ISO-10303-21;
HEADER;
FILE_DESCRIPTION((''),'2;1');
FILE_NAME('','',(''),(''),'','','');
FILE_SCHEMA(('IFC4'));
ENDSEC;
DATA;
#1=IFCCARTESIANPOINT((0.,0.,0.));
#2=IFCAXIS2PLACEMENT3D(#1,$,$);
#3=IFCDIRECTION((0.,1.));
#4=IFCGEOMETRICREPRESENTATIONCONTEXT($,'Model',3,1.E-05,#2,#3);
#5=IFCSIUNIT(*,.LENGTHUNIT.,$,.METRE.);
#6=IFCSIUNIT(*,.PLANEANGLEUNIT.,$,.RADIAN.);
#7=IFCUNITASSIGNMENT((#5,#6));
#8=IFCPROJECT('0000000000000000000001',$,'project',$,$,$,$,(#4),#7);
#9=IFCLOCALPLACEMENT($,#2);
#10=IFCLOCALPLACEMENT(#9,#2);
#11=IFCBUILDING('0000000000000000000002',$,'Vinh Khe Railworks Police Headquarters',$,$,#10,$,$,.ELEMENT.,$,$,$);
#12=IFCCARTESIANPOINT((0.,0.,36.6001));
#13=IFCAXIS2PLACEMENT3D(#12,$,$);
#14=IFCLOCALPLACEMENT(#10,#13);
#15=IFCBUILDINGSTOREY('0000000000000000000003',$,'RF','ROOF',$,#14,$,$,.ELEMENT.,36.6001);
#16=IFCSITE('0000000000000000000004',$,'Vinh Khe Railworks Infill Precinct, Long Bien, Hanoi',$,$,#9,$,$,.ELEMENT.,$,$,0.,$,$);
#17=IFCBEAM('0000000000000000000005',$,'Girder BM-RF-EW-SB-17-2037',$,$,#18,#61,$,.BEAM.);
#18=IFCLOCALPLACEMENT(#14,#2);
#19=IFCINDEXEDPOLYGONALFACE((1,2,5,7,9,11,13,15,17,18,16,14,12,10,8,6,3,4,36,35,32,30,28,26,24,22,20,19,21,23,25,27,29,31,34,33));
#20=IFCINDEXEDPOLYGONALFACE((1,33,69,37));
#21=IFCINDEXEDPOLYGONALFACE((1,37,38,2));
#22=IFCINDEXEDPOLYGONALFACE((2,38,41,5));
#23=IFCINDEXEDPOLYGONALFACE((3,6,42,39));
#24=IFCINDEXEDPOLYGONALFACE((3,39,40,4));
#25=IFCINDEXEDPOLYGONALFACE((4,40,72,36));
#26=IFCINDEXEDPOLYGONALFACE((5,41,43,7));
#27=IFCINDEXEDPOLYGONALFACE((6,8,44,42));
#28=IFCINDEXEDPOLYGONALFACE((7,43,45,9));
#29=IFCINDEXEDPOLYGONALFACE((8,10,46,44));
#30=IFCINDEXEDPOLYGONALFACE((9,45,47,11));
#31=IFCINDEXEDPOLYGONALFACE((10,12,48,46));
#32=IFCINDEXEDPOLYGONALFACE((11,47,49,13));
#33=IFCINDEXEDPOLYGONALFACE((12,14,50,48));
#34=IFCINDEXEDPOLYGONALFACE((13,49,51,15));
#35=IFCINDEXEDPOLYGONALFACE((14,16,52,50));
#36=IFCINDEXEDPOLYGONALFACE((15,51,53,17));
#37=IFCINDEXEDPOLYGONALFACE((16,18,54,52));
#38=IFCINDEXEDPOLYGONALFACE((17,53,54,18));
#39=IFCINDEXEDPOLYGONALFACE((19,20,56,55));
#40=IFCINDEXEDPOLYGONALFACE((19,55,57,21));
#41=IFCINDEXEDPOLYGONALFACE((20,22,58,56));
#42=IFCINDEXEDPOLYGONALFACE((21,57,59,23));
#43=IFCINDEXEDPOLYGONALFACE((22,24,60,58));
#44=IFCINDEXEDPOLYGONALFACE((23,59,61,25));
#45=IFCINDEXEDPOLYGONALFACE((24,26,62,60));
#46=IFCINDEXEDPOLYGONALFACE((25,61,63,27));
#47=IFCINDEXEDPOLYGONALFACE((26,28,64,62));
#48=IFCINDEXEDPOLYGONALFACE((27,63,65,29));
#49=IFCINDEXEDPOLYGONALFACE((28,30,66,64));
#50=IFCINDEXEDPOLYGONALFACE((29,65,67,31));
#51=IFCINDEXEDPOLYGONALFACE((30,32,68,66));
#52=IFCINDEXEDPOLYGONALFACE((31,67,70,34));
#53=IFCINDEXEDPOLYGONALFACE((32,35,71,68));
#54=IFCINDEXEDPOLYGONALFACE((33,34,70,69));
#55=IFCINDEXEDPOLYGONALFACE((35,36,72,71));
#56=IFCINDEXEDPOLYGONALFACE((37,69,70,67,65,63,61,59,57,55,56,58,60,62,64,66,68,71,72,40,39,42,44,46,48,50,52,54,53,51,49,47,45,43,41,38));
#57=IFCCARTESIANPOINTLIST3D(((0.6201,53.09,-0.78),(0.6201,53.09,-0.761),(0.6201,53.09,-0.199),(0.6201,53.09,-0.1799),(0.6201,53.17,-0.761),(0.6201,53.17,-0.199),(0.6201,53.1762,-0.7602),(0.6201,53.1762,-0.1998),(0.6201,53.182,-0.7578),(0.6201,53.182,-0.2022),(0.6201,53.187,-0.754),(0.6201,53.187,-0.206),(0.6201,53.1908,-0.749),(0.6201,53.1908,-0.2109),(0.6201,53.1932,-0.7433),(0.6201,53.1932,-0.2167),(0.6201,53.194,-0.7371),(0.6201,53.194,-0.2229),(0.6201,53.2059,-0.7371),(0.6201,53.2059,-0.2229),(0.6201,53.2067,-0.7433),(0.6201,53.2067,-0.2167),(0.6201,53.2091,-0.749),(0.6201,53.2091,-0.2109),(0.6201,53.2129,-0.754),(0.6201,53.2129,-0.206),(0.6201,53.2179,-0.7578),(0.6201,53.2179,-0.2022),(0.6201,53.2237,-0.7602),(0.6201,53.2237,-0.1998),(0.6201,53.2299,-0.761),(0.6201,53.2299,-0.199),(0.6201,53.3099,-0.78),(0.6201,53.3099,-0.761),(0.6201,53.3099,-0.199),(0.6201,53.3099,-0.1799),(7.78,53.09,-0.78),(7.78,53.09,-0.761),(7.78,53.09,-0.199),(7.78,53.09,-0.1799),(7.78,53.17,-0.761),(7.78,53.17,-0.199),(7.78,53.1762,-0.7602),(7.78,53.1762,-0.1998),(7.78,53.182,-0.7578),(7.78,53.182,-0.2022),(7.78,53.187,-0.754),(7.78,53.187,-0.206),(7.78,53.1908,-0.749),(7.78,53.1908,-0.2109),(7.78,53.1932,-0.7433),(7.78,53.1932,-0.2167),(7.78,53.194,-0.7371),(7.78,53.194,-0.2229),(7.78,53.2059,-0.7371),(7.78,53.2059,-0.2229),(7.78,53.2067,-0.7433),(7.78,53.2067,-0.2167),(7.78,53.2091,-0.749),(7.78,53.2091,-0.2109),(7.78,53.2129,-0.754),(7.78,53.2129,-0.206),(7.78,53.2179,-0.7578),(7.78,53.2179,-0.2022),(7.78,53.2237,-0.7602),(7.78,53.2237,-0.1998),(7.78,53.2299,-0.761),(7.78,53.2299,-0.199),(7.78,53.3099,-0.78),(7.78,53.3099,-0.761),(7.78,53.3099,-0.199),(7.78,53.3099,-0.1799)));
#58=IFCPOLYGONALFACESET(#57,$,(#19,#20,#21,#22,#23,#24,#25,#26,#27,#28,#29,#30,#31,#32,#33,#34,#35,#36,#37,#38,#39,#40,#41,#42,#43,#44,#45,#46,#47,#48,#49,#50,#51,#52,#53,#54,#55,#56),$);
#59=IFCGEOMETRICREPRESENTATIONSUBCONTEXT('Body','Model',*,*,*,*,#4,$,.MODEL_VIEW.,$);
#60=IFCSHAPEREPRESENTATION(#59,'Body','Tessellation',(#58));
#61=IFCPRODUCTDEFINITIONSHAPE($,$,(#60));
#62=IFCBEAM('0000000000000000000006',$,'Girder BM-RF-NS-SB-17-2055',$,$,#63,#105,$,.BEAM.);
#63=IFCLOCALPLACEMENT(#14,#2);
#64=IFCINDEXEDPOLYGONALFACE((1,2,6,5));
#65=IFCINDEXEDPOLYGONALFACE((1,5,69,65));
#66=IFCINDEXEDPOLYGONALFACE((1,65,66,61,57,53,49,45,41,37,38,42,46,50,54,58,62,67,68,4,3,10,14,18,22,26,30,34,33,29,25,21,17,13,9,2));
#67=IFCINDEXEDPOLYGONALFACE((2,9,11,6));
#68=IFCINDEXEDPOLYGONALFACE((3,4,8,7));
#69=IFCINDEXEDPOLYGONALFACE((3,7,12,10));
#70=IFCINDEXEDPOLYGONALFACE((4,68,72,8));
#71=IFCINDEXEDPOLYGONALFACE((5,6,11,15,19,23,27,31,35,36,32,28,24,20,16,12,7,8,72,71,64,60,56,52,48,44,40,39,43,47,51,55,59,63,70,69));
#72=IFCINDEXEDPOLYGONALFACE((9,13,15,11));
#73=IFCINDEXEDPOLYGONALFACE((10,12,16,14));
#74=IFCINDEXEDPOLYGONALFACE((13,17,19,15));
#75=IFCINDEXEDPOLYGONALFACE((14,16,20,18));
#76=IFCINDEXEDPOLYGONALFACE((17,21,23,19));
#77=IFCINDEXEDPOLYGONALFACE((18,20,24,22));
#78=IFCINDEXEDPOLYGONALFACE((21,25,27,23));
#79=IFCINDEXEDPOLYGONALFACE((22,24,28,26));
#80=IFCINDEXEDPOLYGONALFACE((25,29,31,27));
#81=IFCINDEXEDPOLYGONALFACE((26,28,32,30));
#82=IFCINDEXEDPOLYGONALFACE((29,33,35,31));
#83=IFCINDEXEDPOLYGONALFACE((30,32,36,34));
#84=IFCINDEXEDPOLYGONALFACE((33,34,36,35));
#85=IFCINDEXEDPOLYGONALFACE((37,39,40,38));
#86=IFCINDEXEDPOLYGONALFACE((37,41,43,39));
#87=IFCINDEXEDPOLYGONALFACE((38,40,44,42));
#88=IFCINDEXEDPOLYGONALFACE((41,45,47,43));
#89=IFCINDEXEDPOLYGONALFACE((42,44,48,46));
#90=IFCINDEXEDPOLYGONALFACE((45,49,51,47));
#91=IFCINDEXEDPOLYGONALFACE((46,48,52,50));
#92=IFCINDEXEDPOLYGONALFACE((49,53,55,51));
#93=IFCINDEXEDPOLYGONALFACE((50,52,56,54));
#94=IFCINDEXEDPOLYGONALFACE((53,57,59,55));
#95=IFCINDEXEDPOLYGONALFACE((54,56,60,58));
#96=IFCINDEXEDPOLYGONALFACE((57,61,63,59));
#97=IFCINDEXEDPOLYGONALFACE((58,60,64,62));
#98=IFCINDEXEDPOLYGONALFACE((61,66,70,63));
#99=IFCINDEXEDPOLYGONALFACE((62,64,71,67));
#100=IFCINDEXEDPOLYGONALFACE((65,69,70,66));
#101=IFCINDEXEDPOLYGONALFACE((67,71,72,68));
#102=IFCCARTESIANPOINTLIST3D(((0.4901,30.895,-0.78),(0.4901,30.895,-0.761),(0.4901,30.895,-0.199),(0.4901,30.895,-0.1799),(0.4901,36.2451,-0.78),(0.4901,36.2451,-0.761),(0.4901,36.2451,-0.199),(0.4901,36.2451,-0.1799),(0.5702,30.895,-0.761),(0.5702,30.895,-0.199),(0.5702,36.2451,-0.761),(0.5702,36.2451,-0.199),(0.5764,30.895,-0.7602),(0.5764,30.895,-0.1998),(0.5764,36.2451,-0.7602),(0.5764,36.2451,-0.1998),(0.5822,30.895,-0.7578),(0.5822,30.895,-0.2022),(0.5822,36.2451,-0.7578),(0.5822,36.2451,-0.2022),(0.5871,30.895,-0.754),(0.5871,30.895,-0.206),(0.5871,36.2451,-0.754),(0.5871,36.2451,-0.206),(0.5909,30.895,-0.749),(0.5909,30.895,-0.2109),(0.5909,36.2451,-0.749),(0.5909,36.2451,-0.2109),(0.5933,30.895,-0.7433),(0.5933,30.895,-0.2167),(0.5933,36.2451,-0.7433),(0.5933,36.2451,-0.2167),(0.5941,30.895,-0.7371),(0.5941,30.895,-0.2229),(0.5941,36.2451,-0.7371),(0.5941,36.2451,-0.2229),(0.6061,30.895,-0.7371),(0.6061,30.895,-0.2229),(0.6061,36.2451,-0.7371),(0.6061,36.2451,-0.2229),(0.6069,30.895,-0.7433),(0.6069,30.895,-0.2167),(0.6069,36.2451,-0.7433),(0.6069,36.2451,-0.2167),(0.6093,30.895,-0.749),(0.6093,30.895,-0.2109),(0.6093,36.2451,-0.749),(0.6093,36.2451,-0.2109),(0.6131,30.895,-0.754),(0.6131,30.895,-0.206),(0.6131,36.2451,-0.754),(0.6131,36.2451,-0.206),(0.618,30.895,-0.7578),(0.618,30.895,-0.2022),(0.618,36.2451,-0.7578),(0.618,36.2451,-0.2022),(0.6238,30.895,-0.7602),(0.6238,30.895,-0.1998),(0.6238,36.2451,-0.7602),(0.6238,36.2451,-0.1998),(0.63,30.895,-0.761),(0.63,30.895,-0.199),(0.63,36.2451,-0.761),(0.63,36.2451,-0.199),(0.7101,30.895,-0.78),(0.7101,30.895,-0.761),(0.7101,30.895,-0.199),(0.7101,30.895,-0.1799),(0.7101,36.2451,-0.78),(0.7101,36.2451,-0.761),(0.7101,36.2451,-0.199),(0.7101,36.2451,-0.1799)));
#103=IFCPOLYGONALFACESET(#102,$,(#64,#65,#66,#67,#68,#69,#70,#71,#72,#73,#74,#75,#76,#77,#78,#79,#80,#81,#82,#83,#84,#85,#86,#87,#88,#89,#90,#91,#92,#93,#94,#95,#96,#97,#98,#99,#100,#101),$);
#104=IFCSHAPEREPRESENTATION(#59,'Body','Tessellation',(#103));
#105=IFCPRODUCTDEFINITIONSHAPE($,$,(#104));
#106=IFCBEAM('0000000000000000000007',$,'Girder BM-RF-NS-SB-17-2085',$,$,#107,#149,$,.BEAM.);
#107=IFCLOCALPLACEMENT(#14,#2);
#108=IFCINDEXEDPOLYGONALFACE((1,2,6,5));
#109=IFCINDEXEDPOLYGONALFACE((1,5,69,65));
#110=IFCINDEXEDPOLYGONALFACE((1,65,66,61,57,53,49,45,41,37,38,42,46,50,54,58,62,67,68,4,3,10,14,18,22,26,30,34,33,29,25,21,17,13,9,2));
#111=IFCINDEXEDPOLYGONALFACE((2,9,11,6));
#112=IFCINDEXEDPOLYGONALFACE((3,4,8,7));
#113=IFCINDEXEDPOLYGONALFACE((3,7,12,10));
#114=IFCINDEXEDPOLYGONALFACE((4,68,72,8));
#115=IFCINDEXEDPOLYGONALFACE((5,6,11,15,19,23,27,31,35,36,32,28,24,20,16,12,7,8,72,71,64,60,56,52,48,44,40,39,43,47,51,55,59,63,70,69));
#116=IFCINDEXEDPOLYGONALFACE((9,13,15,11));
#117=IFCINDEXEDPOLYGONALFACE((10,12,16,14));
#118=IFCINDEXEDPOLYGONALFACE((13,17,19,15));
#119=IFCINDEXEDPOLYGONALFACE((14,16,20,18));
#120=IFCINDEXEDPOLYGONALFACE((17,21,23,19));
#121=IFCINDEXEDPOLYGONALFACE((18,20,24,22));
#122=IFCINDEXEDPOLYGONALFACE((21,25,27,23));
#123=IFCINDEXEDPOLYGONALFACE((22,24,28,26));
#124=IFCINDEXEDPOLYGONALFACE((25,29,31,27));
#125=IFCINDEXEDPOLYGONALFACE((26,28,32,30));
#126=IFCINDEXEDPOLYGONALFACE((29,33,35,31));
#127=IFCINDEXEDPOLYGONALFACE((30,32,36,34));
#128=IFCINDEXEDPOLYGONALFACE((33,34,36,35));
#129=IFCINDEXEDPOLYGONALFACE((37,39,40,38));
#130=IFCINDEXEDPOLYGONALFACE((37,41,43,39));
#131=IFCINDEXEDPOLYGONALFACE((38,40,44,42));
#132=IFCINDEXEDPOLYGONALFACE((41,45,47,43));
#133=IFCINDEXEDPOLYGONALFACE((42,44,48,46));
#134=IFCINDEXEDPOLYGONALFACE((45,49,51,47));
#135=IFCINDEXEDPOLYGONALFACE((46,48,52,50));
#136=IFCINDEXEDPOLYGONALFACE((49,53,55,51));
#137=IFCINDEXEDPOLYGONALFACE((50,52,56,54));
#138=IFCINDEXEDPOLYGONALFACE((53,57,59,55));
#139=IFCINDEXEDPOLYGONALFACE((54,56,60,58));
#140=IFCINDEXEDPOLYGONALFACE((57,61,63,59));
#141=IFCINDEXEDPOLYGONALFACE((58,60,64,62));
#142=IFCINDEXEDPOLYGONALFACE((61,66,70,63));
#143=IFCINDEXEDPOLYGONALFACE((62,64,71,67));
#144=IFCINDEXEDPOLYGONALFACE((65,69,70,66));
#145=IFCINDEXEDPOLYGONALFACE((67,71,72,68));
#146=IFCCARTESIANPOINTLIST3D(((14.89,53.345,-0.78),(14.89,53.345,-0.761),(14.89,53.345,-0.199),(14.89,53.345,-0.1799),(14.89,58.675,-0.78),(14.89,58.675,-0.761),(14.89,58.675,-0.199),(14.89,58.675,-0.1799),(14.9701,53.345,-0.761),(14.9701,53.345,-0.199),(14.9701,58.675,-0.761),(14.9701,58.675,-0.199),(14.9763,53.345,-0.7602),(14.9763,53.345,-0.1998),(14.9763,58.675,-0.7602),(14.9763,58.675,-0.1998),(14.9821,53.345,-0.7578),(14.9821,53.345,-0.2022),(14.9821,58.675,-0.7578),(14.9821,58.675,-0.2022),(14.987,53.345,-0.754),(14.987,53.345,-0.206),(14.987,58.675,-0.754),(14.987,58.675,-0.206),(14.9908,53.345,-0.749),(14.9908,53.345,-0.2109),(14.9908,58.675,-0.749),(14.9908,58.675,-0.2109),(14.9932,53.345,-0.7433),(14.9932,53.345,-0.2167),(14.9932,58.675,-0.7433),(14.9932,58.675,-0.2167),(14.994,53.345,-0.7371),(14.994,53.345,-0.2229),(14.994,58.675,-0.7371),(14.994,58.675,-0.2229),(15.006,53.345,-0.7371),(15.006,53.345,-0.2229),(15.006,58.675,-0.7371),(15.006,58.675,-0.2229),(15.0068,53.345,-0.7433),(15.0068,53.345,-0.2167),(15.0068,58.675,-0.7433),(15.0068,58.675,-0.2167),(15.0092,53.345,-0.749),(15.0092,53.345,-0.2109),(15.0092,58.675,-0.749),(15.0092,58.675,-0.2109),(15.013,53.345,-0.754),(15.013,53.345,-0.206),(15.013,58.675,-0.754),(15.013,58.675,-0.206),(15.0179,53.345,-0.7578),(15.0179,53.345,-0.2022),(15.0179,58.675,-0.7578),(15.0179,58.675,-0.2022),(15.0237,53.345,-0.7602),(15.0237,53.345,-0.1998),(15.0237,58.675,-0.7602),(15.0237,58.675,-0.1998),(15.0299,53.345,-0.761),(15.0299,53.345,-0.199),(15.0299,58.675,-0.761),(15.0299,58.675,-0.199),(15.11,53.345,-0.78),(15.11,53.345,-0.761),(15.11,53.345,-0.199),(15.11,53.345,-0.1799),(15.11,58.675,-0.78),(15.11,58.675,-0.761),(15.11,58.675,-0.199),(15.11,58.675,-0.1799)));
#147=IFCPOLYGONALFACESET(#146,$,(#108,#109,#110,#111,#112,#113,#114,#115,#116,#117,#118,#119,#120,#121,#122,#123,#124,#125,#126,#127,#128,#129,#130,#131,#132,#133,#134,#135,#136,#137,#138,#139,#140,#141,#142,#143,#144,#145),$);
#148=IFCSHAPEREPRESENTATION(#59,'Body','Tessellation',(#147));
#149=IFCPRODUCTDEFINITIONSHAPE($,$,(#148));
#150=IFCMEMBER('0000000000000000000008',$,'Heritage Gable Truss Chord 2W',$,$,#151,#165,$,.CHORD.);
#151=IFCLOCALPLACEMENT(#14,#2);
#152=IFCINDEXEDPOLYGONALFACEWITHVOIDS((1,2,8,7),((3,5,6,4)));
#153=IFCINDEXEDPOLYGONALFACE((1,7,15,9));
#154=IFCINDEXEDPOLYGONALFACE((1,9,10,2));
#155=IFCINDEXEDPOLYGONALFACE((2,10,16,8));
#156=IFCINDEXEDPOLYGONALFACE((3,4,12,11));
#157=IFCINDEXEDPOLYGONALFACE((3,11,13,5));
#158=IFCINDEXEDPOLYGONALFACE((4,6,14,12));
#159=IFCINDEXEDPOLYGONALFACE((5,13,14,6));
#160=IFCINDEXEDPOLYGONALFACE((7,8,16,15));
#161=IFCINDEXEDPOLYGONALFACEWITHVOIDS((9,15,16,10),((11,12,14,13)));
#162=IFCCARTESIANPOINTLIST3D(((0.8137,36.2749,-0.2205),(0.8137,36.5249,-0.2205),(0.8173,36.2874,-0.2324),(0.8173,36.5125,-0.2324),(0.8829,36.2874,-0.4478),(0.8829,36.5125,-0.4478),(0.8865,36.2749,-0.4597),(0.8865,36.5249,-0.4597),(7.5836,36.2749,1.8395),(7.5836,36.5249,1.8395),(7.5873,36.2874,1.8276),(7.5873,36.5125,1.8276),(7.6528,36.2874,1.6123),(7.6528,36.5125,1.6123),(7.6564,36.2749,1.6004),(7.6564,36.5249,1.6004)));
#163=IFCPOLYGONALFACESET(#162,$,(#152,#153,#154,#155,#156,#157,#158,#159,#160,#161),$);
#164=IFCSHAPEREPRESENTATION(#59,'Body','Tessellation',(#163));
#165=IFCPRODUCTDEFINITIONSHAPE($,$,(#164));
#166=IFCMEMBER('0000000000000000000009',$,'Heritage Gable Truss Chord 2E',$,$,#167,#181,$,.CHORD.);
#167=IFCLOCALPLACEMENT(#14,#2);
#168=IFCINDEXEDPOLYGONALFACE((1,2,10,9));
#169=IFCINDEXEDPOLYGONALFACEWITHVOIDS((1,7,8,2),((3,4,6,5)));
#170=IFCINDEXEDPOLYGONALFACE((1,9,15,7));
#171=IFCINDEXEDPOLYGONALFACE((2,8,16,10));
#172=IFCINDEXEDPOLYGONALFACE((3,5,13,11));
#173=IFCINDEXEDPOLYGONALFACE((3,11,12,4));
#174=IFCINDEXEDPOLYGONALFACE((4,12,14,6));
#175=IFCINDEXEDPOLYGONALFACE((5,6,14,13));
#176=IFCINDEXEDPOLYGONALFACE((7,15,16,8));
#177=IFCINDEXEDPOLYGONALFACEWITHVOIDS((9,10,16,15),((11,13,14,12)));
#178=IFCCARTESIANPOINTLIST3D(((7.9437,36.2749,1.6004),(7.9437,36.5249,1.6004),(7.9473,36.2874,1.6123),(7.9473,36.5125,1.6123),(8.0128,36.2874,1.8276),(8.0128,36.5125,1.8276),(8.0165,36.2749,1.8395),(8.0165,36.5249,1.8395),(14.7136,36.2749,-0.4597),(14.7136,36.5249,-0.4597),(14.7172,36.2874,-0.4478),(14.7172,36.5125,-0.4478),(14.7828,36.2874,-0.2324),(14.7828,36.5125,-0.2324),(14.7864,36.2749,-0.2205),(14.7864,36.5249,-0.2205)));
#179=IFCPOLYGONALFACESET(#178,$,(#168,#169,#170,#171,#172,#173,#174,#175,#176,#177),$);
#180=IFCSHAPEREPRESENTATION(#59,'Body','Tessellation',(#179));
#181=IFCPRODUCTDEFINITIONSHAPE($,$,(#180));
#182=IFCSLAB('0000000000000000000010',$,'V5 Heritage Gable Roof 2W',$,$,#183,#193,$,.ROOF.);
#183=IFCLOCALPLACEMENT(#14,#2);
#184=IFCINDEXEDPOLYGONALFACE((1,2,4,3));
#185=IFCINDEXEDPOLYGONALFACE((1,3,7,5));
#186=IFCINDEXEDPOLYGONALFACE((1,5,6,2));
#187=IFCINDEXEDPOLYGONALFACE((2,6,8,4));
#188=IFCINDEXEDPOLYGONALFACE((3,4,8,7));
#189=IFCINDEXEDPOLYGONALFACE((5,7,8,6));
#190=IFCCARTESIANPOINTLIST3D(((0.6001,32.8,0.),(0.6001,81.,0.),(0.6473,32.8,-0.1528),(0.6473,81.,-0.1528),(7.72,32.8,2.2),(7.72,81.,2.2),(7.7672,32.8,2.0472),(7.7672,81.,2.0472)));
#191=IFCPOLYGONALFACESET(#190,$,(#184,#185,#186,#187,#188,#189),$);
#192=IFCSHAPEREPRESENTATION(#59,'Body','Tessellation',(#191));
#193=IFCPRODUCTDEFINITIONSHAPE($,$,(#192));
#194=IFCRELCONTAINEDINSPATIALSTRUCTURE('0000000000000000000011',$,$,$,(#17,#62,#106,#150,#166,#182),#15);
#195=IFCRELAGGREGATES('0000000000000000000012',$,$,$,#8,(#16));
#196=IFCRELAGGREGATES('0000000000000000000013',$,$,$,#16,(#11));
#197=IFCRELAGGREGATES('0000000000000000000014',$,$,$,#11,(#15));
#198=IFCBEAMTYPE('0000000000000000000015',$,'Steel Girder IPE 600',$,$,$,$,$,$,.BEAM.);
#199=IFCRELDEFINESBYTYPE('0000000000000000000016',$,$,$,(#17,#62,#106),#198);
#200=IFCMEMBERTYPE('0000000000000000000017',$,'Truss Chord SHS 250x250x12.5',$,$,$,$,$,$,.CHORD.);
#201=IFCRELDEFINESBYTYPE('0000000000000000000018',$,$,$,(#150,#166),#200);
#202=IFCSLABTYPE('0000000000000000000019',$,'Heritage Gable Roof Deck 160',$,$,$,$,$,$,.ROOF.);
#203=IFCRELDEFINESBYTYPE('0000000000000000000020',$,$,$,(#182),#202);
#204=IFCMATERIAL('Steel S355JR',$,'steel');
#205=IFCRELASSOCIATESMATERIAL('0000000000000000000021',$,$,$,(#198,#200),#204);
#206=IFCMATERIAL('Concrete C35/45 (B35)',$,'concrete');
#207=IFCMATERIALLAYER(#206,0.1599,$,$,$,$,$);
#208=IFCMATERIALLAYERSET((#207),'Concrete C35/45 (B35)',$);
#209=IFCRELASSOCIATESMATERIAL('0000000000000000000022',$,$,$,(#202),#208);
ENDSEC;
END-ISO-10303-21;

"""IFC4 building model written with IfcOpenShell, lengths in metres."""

from ifc_helpers import new_model, si_unit, direction, frame, origin, origin_2d, place, context, subcontext, project, spatial, polyline, hollow_rectangle, i_section, outline, extrude, material, layer, layer_set, material_profile, profile_set, type_object, element, save


model = new_model("IFC4")

# Units and contexts
model_context = context("Model", 3, precision=1e-05, world=origin(), true_north=direction((0.0, 1.0)))
body_context = subcontext(model_context, "Body", "Model", "MODEL_VIEW")
ifc_project = project(units=[si_unit("LENGTHUNIT", "METRE"), si_unit("PLANEANGLEUNIT", "RADIAN")], contexts=[model_context])

# Site, building, storey
site_placement = place(None, origin())
site = spatial("IfcSite", under=ifc_project, at=site_placement, Name="Vinh Khe Railworks Infill Precinct, Long Bien, Hanoi", CompositionType="ELEMENT", RefElevation=0.0)
building_placement = place(site_placement, origin())
building = spatial("IfcBuilding", under=site, at=building_placement, Name="Vinh Khe Railworks Police Headquarters", CompositionType="ELEMENT")
storey_placement = place(building_placement, frame((0.0, 0.0, 36.6001)))
storey = spatial("IfcBuildingStorey", under=building, at=storey_placement, Name="RF", Description="ROOF", CompositionType="ELEMENT", Elevation=36.6001)

# Shared definitions
ifc_material_1 = material(Name="Steel S355JR", Category="steel")

# Beams
ifc_material_profile_1 = material_profile(ifc_material_1, i_section(OverallWidth=0.22, OverallDepth=0.6001, WebThickness=0.012, FlangeThickness=0.019, FilletRadius=0.0239, at=origin_2d()), Name="IPE 600")
ifc_profile_set_1 = profile_set([ifc_material_profile_1], Name="Steel S355JR")
beam_type_1 = type_object("IfcBeamType", Name="Steel Girder IPE 600", PredefinedType="BEAM", material=ifc_profile_set_1)
for number, where, z_axis, x_axis, name in (
    (1, (0.6201, 53.2, -0.48), (1.0, 0.0, 0.0), (0.0, 1.0, 0.0), "Girder BM-RF-EW-SB-17-2037"),
):
    element("IfcBeam", number, at=place(storey_placement, frame(where, z_axis=z_axis, x_axis=x_axis)), inside=storey, type_object=beam_type_1, Name=name, PredefinedType="BEAM", context=body_context, shape_type="SweptSolid", body=[
        extrude(i_section(OverallWidth=0.22, OverallDepth=0.6001, WebThickness=0.012, FlangeThickness=0.019, FilletRadius=0.0239, at=origin_2d()), origin(), (0.0, 0.0, 1.0), 7.1599),
    ])
beam_1_placement = place(storey_placement, frame((0.6001, 30.895, -0.48), z_axis=(0.0, 1.0, 0.0), x_axis=(-1.0, 0.0, 0.0)))
element("IfcBeam", 2, at=beam_1_placement, inside=storey, type_object=beam_type_1, Name="Girder BM-RF-NS-SB-17-2055", PredefinedType="BEAM", context=body_context, shape_type="SweptSolid", body=[
    extrude(i_section(OverallWidth=0.22, OverallDepth=0.6001, WebThickness=0.012, FlangeThickness=0.019, FilletRadius=0.0239, at=origin_2d()), origin(), (0.0, 0.0, 1.0), 5.3501),
])
beam_2_placement = place(storey_placement, frame((15.0, 53.345, -0.48), z_axis=(0.0, 1.0, 0.0), x_axis=(-1.0, 0.0, 0.0)))
element("IfcBeam", 3, at=beam_2_placement, inside=storey, type_object=beam_type_1, Name="Girder BM-RF-NS-SB-17-2085", PredefinedType="BEAM", context=body_context, shape_type="SweptSolid", body=[
    extrude(i_section(OverallWidth=0.22, OverallDepth=0.6001, WebThickness=0.012, FlangeThickness=0.019, FilletRadius=0.0239, at=origin_2d()), origin(), (0.0, 0.0, 1.0), 5.3301),
])

# Members
ifc_material_profile_2 = material_profile(ifc_material_1, hollow_rectangle(XDim=0.25, YDim=0.25, WallThickness=0.0125, at=origin_2d()), Name="SHS 250x250x12.5")
ifc_profile_set_2 = profile_set([ifc_material_profile_2], Name="Steel S355JR")
member_type_1 = type_object("IfcMemberType", Name="Truss Chord SHS 250x250x12.5", PredefinedType="CHORD", material=ifc_profile_set_2)
for number, where, z_axis, x_axis, name in (
    (4, (0.8501, 36.3999, -0.3401), (0.956689, 0.0, 0.291112), (0.0, 1.0, 0.0), "Heritage Gable Truss Chord 2W"),
    (5, (14.75, 36.3999, -0.3401), (-0.956689, 0.0, 0.291112), (0.0, -1.0, 0.0), "Heritage Gable Truss Chord 2E"),
):
    element("IfcMember", number, at=place(storey_placement, frame(where, z_axis=z_axis, x_axis=x_axis)), inside=storey, type_object=member_type_1, Name=name, PredefinedType="CHORD", context=body_context, shape_type="SweptSolid", body=[
        extrude(hollow_rectangle(XDim=0.25, YDim=0.25, WallThickness=0.0125, at=origin_2d()), origin(), (0.0, 0.0, 1.0), 7.0764),
    ])

# Slab
ifc_material_2 = material(Name="Concrete C35/45 (B35)", Category="concrete")
ifc_layer_1 = layer(ifc_material_2, 0.1599)
ifc_layer_set_1 = layer_set([ifc_layer_1], Name="Concrete C35/45 (B35)")
slab_type = type_object("IfcSlabType", Name="Heritage Gable Roof Deck 160", PredefinedType="ROOF", material=ifc_layer_set_1)
slab_1_placement = place(storey_placement, frame((0.6001, 32.8, 0.0), z_axis=(-0.295216, 0.0, 0.955431), x_axis=(0.955431, 0.0, 0.295216)))
element("IfcSlab", 6, at=slab_1_placement, inside=storey, type_object=slab_type, Name="V5 Heritage Gable Roof 2W", PredefinedType="ROOF", context=body_context, shape_type="SweptSolid", body=[
    extrude(outline(polyline([(0.0, 0.0), (7.452, 0.0), (7.452, 48.2), (0.0, 48.2), (0.0, 0.0)])), origin(), (0.0, 0.0, -1.0), 0.1599),
])

save(model, "model.ifc")
